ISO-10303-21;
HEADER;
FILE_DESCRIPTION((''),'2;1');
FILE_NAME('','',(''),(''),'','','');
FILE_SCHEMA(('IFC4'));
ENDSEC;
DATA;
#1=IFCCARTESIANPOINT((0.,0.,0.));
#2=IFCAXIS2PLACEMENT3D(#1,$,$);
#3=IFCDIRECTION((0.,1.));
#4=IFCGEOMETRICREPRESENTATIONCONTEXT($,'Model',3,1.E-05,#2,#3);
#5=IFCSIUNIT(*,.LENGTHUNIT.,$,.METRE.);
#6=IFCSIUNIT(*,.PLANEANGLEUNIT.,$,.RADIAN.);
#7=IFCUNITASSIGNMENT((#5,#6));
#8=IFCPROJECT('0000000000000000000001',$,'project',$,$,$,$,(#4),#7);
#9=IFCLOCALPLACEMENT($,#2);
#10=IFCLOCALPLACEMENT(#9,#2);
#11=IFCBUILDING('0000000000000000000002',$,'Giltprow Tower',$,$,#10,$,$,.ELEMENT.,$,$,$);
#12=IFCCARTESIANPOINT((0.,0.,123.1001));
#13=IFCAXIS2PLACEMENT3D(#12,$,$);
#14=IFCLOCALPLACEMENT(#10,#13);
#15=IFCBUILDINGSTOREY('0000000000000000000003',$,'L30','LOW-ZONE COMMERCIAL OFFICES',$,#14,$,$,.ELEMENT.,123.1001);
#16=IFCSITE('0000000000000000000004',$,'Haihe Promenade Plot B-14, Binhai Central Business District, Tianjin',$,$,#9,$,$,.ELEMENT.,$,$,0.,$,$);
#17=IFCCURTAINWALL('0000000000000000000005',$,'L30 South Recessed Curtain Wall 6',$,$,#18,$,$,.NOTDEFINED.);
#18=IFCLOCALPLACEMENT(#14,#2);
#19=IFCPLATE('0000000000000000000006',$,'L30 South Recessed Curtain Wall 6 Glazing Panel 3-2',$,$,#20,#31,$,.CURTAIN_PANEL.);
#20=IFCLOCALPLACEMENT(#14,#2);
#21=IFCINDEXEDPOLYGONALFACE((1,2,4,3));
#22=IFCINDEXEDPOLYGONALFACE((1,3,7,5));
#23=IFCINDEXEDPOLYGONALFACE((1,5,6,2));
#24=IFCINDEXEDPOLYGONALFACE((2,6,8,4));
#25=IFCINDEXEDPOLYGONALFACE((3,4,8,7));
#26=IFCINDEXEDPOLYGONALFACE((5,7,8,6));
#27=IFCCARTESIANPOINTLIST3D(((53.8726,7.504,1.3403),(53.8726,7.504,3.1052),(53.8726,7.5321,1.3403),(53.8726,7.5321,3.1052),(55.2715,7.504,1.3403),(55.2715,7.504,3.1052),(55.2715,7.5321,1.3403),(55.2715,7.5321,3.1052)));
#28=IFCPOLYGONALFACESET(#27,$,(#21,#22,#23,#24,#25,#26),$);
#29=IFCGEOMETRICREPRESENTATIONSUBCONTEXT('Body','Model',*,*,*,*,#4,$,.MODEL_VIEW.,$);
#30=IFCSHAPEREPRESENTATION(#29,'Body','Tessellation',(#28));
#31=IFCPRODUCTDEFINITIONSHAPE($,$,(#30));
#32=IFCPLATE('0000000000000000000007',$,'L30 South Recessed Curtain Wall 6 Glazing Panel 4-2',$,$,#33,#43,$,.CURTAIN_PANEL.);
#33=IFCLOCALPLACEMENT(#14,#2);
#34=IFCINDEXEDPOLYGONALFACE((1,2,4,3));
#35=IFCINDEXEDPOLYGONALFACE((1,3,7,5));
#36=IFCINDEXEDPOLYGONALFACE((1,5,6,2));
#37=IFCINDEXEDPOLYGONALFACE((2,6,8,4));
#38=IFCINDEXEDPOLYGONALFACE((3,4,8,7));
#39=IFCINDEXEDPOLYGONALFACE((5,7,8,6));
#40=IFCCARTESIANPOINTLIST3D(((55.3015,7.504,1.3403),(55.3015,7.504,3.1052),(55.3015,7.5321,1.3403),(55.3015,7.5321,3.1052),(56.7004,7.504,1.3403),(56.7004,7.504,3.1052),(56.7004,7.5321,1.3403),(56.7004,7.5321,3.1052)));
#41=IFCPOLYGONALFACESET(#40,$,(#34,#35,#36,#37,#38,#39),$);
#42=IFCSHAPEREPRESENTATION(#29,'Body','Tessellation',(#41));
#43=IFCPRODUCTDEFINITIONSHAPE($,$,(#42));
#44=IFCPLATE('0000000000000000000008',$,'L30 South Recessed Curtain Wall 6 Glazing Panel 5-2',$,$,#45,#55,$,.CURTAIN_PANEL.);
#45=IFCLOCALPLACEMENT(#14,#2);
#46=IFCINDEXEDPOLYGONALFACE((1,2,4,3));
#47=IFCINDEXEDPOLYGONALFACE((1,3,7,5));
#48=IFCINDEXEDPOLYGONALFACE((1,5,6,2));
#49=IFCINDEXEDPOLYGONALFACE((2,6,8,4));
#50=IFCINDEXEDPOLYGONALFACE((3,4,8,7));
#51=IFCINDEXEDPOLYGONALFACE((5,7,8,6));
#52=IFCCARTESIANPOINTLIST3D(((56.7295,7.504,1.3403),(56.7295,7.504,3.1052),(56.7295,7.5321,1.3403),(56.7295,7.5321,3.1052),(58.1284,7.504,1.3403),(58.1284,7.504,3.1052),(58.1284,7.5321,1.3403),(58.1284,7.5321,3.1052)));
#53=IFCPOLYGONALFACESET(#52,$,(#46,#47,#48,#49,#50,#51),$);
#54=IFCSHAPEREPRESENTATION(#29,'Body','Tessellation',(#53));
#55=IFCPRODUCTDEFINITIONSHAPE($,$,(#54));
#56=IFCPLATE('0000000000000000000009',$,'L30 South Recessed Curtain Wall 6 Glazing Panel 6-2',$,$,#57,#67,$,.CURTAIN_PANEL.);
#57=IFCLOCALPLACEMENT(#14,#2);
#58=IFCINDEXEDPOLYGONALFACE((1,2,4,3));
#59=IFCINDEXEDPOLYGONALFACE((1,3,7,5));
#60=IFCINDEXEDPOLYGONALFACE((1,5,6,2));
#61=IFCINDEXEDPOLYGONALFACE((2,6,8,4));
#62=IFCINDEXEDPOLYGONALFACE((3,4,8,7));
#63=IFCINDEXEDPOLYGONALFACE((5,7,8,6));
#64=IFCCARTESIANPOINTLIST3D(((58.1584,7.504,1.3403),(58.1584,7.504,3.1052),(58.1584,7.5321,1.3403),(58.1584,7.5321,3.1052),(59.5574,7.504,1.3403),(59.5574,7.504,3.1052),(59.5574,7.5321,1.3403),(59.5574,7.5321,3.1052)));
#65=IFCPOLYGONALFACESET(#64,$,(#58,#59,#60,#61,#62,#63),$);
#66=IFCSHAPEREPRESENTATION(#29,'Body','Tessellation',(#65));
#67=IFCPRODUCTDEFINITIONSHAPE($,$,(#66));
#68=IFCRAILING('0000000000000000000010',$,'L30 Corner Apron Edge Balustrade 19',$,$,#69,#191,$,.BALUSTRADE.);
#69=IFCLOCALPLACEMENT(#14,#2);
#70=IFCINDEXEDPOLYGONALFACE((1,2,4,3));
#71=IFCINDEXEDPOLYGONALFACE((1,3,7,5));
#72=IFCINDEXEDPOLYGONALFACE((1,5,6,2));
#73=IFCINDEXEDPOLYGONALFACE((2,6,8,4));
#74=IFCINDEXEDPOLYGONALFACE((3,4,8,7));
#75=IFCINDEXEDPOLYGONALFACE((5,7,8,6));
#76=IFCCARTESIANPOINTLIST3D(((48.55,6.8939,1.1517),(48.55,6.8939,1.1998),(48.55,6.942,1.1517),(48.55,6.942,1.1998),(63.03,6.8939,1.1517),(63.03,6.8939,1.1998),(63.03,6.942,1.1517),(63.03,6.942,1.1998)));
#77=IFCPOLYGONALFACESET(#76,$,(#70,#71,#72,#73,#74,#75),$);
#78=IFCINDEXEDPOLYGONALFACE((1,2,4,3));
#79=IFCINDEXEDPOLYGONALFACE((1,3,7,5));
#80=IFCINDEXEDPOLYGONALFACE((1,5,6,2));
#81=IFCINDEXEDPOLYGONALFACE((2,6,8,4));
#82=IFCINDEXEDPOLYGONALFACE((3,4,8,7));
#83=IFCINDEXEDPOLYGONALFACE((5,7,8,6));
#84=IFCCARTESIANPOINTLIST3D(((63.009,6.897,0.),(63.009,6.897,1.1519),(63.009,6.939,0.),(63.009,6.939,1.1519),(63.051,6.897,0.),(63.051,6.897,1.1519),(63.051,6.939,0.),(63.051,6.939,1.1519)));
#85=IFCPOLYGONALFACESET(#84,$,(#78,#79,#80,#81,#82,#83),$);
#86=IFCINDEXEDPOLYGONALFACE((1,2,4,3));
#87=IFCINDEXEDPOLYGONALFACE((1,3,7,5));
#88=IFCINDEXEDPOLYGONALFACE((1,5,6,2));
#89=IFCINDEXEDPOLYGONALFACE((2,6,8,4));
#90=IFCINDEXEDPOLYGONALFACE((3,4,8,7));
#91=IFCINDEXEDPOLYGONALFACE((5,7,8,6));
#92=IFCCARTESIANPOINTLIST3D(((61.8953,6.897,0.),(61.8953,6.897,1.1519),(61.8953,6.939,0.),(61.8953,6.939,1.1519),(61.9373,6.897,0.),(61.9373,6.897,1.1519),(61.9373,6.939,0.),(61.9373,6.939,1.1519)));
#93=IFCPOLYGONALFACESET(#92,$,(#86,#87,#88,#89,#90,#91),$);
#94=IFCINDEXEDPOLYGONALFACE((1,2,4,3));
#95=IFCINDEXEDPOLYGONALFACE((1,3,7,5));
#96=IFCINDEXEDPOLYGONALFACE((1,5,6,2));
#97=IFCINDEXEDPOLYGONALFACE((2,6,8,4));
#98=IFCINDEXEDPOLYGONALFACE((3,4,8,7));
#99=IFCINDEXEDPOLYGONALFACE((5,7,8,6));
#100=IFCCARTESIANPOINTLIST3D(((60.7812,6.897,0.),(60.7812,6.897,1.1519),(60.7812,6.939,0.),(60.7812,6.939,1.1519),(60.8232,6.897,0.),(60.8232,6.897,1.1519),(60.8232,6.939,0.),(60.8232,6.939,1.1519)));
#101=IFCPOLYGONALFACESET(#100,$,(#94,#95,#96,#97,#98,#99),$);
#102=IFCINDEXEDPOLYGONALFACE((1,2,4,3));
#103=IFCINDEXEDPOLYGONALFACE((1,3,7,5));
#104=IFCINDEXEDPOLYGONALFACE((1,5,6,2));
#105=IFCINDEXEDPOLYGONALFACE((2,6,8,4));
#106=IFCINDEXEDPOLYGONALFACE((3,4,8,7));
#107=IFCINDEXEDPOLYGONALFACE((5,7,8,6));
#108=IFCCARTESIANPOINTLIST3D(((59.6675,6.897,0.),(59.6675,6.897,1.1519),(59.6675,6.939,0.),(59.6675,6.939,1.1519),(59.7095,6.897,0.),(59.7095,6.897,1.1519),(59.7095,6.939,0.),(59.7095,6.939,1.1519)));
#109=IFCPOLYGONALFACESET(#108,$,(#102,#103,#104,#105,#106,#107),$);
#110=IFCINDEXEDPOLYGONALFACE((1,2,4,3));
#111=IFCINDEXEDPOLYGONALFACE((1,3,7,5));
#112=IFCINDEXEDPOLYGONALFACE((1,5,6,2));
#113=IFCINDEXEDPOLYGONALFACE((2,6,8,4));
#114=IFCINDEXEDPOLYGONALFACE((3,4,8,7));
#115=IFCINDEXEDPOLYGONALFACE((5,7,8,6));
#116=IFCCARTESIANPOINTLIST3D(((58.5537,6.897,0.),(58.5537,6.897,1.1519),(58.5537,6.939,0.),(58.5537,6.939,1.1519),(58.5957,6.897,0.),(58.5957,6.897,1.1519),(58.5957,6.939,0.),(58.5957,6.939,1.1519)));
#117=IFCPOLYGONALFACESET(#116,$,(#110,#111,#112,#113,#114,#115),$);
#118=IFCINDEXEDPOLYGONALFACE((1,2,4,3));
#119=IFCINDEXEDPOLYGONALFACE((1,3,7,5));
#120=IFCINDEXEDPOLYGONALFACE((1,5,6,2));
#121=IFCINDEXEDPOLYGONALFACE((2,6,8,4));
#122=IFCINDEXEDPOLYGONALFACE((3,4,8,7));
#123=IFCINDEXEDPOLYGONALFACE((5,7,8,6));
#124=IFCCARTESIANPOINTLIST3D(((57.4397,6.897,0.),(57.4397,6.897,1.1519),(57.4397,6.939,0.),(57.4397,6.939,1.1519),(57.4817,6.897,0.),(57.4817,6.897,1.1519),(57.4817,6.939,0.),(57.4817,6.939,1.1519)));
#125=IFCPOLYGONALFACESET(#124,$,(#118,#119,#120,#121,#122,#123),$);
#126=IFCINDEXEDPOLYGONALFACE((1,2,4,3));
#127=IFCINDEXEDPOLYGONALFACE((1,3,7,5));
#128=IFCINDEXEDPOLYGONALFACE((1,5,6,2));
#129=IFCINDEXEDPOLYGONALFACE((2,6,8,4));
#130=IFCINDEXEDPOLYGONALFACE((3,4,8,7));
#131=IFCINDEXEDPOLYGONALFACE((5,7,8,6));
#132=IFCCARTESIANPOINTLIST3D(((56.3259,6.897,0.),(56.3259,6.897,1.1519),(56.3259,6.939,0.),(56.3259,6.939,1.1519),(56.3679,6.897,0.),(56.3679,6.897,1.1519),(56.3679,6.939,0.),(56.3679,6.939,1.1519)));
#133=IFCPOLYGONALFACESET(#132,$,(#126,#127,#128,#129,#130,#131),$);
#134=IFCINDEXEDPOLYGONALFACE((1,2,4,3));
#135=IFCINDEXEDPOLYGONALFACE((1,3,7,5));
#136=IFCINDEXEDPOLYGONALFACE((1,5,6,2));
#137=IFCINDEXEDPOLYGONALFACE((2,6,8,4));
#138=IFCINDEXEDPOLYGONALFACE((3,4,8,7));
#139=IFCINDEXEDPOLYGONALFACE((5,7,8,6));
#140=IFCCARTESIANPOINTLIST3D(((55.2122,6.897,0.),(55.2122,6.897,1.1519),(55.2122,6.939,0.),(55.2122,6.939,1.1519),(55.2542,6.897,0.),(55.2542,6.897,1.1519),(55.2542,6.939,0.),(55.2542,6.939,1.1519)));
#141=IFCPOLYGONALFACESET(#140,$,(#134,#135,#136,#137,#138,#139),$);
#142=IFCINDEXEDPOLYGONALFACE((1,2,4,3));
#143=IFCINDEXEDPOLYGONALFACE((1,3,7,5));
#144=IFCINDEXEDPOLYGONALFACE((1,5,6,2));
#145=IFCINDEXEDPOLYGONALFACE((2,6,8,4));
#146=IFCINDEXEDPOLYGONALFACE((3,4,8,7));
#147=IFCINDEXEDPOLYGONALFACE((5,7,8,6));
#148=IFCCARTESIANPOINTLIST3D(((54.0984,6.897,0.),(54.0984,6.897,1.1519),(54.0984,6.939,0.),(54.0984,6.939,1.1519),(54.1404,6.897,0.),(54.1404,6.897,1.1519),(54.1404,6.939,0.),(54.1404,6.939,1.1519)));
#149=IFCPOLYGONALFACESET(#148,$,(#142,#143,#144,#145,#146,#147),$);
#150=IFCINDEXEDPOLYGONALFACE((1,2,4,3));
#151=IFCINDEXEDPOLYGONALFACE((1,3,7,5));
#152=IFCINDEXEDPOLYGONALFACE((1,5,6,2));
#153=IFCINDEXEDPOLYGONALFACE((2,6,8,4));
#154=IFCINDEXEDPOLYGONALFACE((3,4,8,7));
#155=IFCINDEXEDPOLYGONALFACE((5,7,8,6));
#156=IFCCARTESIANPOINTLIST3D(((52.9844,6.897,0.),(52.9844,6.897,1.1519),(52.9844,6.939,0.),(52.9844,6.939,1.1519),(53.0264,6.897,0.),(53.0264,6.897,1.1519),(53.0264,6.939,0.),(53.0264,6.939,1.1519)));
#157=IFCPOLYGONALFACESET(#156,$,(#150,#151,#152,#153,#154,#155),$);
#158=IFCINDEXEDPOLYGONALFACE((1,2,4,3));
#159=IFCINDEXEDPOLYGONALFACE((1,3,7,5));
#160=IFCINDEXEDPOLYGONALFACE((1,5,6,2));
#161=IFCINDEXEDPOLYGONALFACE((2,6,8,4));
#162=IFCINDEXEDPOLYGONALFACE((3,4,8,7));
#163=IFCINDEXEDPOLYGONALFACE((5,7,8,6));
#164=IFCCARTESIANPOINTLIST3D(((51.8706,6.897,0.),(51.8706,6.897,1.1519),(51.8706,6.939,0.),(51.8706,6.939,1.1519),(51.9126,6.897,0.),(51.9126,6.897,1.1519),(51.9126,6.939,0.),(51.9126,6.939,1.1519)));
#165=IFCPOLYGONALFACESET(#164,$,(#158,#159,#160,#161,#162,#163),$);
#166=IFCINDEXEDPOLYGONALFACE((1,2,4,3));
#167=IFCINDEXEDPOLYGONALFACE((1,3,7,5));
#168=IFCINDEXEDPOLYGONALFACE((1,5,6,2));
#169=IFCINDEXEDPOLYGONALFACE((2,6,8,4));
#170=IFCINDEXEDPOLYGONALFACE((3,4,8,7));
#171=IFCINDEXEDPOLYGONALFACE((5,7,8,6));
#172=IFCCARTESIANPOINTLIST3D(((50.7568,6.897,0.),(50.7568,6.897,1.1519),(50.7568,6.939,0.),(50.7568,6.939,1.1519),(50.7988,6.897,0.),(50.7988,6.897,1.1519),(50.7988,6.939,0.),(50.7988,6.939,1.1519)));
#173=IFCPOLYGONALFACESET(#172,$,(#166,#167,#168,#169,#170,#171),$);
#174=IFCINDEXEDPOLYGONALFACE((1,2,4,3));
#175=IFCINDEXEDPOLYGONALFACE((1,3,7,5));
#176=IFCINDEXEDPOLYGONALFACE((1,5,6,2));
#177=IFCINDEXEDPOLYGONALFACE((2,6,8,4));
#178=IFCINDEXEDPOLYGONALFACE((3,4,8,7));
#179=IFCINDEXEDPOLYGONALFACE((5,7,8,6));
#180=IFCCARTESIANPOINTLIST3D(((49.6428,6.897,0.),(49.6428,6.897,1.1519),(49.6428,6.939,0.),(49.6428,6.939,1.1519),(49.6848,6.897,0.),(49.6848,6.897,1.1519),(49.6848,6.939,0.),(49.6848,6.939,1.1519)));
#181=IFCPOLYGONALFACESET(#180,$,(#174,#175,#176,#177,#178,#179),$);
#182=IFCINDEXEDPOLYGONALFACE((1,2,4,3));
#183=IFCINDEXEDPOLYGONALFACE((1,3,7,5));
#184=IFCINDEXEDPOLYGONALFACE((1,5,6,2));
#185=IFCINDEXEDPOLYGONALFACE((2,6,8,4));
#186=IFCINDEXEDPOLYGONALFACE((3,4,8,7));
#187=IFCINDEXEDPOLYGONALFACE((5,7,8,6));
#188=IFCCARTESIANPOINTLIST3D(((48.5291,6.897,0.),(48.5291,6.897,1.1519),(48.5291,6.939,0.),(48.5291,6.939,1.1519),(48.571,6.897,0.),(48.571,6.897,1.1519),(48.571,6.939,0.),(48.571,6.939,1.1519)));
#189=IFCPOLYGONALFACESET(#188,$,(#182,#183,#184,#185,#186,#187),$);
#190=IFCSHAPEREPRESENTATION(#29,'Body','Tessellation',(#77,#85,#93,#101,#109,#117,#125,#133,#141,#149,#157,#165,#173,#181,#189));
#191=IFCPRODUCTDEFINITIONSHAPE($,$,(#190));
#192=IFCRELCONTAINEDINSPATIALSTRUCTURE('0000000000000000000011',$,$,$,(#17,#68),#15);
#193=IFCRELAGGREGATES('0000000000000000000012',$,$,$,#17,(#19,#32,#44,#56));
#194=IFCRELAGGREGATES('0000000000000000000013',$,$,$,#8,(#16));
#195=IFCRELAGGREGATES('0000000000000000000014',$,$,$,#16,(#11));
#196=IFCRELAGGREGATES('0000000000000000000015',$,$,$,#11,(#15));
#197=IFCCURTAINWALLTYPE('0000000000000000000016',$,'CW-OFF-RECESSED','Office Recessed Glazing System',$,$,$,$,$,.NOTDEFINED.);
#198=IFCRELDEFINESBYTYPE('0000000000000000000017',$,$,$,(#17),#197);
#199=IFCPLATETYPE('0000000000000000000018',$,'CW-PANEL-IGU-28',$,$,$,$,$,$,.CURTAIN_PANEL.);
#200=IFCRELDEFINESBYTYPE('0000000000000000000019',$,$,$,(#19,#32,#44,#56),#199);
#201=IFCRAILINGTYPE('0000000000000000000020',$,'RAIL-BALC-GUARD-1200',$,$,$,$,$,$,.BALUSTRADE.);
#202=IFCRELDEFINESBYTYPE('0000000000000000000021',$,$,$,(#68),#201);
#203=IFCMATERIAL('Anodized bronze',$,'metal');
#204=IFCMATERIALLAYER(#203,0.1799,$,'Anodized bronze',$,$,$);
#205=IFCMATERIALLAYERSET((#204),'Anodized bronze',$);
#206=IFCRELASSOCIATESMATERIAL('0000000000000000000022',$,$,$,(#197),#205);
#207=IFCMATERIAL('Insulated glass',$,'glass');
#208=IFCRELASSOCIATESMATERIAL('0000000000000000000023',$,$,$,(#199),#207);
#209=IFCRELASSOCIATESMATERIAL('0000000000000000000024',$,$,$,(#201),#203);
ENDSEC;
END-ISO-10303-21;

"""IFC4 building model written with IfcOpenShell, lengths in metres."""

from ifc_helpers import new_model, si_unit, direction, frame, origin, origin_2d, place, context, subcontext, project, spatial, rectangle, extrude, source, transform, mapped, material, layer, layer_set, type_object, element, aggregate, save


model = new_model("IFC4")

# Units and contexts
model_context = context("Model", 3, precision=1e-05, world=origin(), true_north=direction((0.0, 1.0)))
body_context = subcontext(model_context, "Body", "Model", "MODEL_VIEW")
ifc_project = project(units=[si_unit("LENGTHUNIT", "METRE"), si_unit("PLANEANGLEUNIT", "RADIAN")], contexts=[model_context])

# Site, building, storey
site_placement = place(None, origin())
site = spatial("IfcSite", under=ifc_project, at=site_placement, Name="Haihe Promenade Plot B-14, Binhai Central Business District, Tianjin", CompositionType="ELEMENT", RefElevation=0.0)
building_placement = place(site_placement, origin())
building = spatial("IfcBuilding", under=site, at=building_placement, Name="Giltprow Tower", CompositionType="ELEMENT")
storey_placement = place(building_placement, frame((0.0, 0.0, 123.1001)))
storey = spatial("IfcBuildingStorey", under=building, at=storey_placement, Name="L30", Description="LOW-ZONE COMMERCIAL OFFICES", CompositionType="ELEMENT", Elevation=123.1001)

# Curtain wall, plates
ifc_material_1 = material(Name="Anodized bronze", Category="metal")
ifc_layer = layer(ifc_material_1, 0.1799, Name="Anodized bronze")
ifc_layer_set = layer_set([ifc_layer], Name="Anodized bronze")
curtain_wall_type = type_object("IfcCurtainWallType", Name="CW-OFF-RECESSED", Description="Office Recessed Glazing System", PredefinedType="NOTDEFINED", material=ifc_layer_set)
curtain_wall_placement = place(storey_placement, origin())
curtain_wall = element("IfcCurtainWall", 1, at=curtain_wall_placement, inside=storey, type_object=curtain_wall_type, Name="L30 South Recessed Curtain Wall 6", PredefinedType="NOTDEFINED")
ifc_material_2 = material(Name="Insulated glass", Category="glass")
plate_type = type_object("IfcPlateType", Name="CW-PANEL-IGU-28", PredefinedType="CURTAIN_PANEL", material=ifc_material_2)
shared_shape_1 = source(origin(), body_context, "Body", "SweptSolid", [
    extrude(rectangle(XDim=1.3989, YDim=0.0281, at=origin_2d()), origin(), (0.0, 0.0, 1.0), 1.7649),
])
plate_1_placement = place(storey_placement, frame((54.572, 7.5181, 1.3403), z_axis=(0.0, 0.0, 1.0), x_axis=(1.0, 0.0, 0.0)))
plate_1 = element("IfcPlate", 2, at=plate_1_placement, type_object=plate_type, Name="L30 South Recessed Curtain Wall 6 Glazing Panel 3-2", PredefinedType="CURTAIN_PANEL", context=body_context, shape_type="MappedRepresentation", body=[
    mapped(shared_shape_1, transform((0.0, 0.0, 0.0), x_axis=(1.0, 0.0, 0.0), y_axis=(0.0, 1.0, 0.0), z_axis=(0.0, 0.0, 1.0), scale=1.0)),
])
plate_2_placement = place(storey_placement, frame((56.001, 7.5181, 1.3403), z_axis=(0.0, 0.0, 1.0), x_axis=(1.0, 0.0, 0.0)))
plate_2 = element("IfcPlate", 3, at=plate_2_placement, type_object=plate_type, Name="L30 South Recessed Curtain Wall 6 Glazing Panel 4-2", PredefinedType="CURTAIN_PANEL", context=body_context, shape_type="MappedRepresentation", body=[
    mapped(shared_shape_1, transform((0.0, 0.0, 0.0), x_axis=(1.0, 0.0, 0.0), y_axis=(0.0, 1.0, 0.0), z_axis=(0.0, 0.0, 1.0), scale=1.0)),
])
plate_3_placement = place(storey_placement, frame((57.429, 7.5181, 1.3403), z_axis=(0.0, 0.0, 1.0), x_axis=(1.0, 0.0, 0.0)))
plate_3 = element("IfcPlate", 4, at=plate_3_placement, type_object=plate_type, Name="L30 South Recessed Curtain Wall 6 Glazing Panel 5-2", PredefinedType="CURTAIN_PANEL", context=body_context, shape_type="MappedRepresentation", body=[
    mapped(shared_shape_1, transform((0.0, 0.0, 0.0), x_axis=(1.0, 0.0, 0.0), y_axis=(0.0, 1.0, 0.0), z_axis=(0.0, 0.0, 1.0), scale=1.0)),
])
plate_4_placement = place(storey_placement, frame((58.8579, 7.5181, 1.3403), z_axis=(0.0, 0.0, 1.0), x_axis=(1.0, 0.0, 0.0)))
plate_4 = element("IfcPlate", 5, at=plate_4_placement, type_object=plate_type, Name="L30 South Recessed Curtain Wall 6 Glazing Panel 6-2", PredefinedType="CURTAIN_PANEL", context=body_context, shape_type="MappedRepresentation", body=[
    mapped(shared_shape_1, transform((0.0, 0.0, 0.0), x_axis=(1.0, 0.0, 0.0), y_axis=(0.0, 1.0, 0.0), z_axis=(0.0, 0.0, 1.0), scale=1.0)),
])
aggregate(curtain_wall, [plate_1, plate_2, plate_3, plate_4])

# Railing
railing_type = type_object("IfcRailingType", Name="RAIL-BALC-GUARD-1200", PredefinedType="BALUSTRADE", material=ifc_material_1)
railing_placement = place(storey_placement, frame((63.03, 6.918, 0.0)))
element("IfcRailing", 6, at=railing_placement, inside=storey, type_object=railing_type, Name="L30 Corner Apron Edge Balustrade 19", PredefinedType="BALUSTRADE", context=body_context, shape_type="SweptSolid", body=[
    extrude(rectangle(XDim=0.0481, YDim=0.0481, at=origin_2d()), frame((0.0, 0.0, 1.1758), z_axis=(-1.0, 0.0, 0.0), x_axis=(0.0, -1.0, 0.0)), (0.0, 0.0, 1.0), 14.48),
    extrude(rectangle(XDim=0.042, YDim=0.042, at=origin_2d()), origin(), (0.0, 0.0, 1.0), 1.1519),
    extrude(rectangle(XDim=0.042, YDim=0.042, at=origin_2d()), frame((-1.1138, 0.0, 0.0)), (0.0, 0.0, 1.0), 1.1519),
    extrude(rectangle(XDim=0.042, YDim=0.042, at=origin_2d()), frame((-2.2278, 0.0, 0.0)), (0.0, 0.0, 1.0), 1.1519),
    extrude(rectangle(XDim=0.042, YDim=0.042, at=origin_2d()), frame((-3.3416, 0.0, 0.0)), (0.0, 0.0, 1.0), 1.1519),
    extrude(rectangle(XDim=0.042, YDim=0.042, at=origin_2d()), frame((-4.4553, 0.0, 0.0)), (0.0, 0.0, 1.0), 1.1519),
    extrude(rectangle(XDim=0.042, YDim=0.042, at=origin_2d()), frame((-5.5693, 0.0, 0.0)), (0.0, 0.0, 1.0), 1.1519),
    extrude(rectangle(XDim=0.042, YDim=0.042, at=origin_2d()), frame((-6.6831, 0.0, 0.0)), (0.0, 0.0, 1.0), 1.1519),
    extrude(rectangle(XDim=0.042, YDim=0.042, at=origin_2d()), frame((-7.7969, 0.0, 0.0)), (0.0, 0.0, 1.0), 1.1519),
    extrude(rectangle(XDim=0.042, YDim=0.042, at=origin_2d()), frame((-8.9106, 0.0, 0.0)), (0.0, 0.0, 1.0), 1.1519),
    extrude(rectangle(XDim=0.042, YDim=0.042, at=origin_2d()), frame((-10.0247, 0.0, 0.0)), (0.0, 0.0, 1.0), 1.1519),
    extrude(rectangle(XDim=0.042, YDim=0.042, at=origin_2d()), frame((-11.1384, 0.0, 0.0)), (0.0, 0.0, 1.0), 1.1519),
    extrude(rectangle(XDim=0.042, YDim=0.042, at=origin_2d()), frame((-12.2522, 0.0, 0.0)), (0.0, 0.0, 1.0), 1.1519),
    extrude(rectangle(XDim=0.042, YDim=0.042, at=origin_2d()), frame((-13.3662, 0.0, 0.0)), (0.0, 0.0, 1.0), 1.1519),
    extrude(rectangle(XDim=0.042, YDim=0.042, at=origin_2d()), frame((-14.48, 0.0, 0.0)), (0.0, 0.0, 1.0), 1.1519),
])

save(model, "model.ifc")
